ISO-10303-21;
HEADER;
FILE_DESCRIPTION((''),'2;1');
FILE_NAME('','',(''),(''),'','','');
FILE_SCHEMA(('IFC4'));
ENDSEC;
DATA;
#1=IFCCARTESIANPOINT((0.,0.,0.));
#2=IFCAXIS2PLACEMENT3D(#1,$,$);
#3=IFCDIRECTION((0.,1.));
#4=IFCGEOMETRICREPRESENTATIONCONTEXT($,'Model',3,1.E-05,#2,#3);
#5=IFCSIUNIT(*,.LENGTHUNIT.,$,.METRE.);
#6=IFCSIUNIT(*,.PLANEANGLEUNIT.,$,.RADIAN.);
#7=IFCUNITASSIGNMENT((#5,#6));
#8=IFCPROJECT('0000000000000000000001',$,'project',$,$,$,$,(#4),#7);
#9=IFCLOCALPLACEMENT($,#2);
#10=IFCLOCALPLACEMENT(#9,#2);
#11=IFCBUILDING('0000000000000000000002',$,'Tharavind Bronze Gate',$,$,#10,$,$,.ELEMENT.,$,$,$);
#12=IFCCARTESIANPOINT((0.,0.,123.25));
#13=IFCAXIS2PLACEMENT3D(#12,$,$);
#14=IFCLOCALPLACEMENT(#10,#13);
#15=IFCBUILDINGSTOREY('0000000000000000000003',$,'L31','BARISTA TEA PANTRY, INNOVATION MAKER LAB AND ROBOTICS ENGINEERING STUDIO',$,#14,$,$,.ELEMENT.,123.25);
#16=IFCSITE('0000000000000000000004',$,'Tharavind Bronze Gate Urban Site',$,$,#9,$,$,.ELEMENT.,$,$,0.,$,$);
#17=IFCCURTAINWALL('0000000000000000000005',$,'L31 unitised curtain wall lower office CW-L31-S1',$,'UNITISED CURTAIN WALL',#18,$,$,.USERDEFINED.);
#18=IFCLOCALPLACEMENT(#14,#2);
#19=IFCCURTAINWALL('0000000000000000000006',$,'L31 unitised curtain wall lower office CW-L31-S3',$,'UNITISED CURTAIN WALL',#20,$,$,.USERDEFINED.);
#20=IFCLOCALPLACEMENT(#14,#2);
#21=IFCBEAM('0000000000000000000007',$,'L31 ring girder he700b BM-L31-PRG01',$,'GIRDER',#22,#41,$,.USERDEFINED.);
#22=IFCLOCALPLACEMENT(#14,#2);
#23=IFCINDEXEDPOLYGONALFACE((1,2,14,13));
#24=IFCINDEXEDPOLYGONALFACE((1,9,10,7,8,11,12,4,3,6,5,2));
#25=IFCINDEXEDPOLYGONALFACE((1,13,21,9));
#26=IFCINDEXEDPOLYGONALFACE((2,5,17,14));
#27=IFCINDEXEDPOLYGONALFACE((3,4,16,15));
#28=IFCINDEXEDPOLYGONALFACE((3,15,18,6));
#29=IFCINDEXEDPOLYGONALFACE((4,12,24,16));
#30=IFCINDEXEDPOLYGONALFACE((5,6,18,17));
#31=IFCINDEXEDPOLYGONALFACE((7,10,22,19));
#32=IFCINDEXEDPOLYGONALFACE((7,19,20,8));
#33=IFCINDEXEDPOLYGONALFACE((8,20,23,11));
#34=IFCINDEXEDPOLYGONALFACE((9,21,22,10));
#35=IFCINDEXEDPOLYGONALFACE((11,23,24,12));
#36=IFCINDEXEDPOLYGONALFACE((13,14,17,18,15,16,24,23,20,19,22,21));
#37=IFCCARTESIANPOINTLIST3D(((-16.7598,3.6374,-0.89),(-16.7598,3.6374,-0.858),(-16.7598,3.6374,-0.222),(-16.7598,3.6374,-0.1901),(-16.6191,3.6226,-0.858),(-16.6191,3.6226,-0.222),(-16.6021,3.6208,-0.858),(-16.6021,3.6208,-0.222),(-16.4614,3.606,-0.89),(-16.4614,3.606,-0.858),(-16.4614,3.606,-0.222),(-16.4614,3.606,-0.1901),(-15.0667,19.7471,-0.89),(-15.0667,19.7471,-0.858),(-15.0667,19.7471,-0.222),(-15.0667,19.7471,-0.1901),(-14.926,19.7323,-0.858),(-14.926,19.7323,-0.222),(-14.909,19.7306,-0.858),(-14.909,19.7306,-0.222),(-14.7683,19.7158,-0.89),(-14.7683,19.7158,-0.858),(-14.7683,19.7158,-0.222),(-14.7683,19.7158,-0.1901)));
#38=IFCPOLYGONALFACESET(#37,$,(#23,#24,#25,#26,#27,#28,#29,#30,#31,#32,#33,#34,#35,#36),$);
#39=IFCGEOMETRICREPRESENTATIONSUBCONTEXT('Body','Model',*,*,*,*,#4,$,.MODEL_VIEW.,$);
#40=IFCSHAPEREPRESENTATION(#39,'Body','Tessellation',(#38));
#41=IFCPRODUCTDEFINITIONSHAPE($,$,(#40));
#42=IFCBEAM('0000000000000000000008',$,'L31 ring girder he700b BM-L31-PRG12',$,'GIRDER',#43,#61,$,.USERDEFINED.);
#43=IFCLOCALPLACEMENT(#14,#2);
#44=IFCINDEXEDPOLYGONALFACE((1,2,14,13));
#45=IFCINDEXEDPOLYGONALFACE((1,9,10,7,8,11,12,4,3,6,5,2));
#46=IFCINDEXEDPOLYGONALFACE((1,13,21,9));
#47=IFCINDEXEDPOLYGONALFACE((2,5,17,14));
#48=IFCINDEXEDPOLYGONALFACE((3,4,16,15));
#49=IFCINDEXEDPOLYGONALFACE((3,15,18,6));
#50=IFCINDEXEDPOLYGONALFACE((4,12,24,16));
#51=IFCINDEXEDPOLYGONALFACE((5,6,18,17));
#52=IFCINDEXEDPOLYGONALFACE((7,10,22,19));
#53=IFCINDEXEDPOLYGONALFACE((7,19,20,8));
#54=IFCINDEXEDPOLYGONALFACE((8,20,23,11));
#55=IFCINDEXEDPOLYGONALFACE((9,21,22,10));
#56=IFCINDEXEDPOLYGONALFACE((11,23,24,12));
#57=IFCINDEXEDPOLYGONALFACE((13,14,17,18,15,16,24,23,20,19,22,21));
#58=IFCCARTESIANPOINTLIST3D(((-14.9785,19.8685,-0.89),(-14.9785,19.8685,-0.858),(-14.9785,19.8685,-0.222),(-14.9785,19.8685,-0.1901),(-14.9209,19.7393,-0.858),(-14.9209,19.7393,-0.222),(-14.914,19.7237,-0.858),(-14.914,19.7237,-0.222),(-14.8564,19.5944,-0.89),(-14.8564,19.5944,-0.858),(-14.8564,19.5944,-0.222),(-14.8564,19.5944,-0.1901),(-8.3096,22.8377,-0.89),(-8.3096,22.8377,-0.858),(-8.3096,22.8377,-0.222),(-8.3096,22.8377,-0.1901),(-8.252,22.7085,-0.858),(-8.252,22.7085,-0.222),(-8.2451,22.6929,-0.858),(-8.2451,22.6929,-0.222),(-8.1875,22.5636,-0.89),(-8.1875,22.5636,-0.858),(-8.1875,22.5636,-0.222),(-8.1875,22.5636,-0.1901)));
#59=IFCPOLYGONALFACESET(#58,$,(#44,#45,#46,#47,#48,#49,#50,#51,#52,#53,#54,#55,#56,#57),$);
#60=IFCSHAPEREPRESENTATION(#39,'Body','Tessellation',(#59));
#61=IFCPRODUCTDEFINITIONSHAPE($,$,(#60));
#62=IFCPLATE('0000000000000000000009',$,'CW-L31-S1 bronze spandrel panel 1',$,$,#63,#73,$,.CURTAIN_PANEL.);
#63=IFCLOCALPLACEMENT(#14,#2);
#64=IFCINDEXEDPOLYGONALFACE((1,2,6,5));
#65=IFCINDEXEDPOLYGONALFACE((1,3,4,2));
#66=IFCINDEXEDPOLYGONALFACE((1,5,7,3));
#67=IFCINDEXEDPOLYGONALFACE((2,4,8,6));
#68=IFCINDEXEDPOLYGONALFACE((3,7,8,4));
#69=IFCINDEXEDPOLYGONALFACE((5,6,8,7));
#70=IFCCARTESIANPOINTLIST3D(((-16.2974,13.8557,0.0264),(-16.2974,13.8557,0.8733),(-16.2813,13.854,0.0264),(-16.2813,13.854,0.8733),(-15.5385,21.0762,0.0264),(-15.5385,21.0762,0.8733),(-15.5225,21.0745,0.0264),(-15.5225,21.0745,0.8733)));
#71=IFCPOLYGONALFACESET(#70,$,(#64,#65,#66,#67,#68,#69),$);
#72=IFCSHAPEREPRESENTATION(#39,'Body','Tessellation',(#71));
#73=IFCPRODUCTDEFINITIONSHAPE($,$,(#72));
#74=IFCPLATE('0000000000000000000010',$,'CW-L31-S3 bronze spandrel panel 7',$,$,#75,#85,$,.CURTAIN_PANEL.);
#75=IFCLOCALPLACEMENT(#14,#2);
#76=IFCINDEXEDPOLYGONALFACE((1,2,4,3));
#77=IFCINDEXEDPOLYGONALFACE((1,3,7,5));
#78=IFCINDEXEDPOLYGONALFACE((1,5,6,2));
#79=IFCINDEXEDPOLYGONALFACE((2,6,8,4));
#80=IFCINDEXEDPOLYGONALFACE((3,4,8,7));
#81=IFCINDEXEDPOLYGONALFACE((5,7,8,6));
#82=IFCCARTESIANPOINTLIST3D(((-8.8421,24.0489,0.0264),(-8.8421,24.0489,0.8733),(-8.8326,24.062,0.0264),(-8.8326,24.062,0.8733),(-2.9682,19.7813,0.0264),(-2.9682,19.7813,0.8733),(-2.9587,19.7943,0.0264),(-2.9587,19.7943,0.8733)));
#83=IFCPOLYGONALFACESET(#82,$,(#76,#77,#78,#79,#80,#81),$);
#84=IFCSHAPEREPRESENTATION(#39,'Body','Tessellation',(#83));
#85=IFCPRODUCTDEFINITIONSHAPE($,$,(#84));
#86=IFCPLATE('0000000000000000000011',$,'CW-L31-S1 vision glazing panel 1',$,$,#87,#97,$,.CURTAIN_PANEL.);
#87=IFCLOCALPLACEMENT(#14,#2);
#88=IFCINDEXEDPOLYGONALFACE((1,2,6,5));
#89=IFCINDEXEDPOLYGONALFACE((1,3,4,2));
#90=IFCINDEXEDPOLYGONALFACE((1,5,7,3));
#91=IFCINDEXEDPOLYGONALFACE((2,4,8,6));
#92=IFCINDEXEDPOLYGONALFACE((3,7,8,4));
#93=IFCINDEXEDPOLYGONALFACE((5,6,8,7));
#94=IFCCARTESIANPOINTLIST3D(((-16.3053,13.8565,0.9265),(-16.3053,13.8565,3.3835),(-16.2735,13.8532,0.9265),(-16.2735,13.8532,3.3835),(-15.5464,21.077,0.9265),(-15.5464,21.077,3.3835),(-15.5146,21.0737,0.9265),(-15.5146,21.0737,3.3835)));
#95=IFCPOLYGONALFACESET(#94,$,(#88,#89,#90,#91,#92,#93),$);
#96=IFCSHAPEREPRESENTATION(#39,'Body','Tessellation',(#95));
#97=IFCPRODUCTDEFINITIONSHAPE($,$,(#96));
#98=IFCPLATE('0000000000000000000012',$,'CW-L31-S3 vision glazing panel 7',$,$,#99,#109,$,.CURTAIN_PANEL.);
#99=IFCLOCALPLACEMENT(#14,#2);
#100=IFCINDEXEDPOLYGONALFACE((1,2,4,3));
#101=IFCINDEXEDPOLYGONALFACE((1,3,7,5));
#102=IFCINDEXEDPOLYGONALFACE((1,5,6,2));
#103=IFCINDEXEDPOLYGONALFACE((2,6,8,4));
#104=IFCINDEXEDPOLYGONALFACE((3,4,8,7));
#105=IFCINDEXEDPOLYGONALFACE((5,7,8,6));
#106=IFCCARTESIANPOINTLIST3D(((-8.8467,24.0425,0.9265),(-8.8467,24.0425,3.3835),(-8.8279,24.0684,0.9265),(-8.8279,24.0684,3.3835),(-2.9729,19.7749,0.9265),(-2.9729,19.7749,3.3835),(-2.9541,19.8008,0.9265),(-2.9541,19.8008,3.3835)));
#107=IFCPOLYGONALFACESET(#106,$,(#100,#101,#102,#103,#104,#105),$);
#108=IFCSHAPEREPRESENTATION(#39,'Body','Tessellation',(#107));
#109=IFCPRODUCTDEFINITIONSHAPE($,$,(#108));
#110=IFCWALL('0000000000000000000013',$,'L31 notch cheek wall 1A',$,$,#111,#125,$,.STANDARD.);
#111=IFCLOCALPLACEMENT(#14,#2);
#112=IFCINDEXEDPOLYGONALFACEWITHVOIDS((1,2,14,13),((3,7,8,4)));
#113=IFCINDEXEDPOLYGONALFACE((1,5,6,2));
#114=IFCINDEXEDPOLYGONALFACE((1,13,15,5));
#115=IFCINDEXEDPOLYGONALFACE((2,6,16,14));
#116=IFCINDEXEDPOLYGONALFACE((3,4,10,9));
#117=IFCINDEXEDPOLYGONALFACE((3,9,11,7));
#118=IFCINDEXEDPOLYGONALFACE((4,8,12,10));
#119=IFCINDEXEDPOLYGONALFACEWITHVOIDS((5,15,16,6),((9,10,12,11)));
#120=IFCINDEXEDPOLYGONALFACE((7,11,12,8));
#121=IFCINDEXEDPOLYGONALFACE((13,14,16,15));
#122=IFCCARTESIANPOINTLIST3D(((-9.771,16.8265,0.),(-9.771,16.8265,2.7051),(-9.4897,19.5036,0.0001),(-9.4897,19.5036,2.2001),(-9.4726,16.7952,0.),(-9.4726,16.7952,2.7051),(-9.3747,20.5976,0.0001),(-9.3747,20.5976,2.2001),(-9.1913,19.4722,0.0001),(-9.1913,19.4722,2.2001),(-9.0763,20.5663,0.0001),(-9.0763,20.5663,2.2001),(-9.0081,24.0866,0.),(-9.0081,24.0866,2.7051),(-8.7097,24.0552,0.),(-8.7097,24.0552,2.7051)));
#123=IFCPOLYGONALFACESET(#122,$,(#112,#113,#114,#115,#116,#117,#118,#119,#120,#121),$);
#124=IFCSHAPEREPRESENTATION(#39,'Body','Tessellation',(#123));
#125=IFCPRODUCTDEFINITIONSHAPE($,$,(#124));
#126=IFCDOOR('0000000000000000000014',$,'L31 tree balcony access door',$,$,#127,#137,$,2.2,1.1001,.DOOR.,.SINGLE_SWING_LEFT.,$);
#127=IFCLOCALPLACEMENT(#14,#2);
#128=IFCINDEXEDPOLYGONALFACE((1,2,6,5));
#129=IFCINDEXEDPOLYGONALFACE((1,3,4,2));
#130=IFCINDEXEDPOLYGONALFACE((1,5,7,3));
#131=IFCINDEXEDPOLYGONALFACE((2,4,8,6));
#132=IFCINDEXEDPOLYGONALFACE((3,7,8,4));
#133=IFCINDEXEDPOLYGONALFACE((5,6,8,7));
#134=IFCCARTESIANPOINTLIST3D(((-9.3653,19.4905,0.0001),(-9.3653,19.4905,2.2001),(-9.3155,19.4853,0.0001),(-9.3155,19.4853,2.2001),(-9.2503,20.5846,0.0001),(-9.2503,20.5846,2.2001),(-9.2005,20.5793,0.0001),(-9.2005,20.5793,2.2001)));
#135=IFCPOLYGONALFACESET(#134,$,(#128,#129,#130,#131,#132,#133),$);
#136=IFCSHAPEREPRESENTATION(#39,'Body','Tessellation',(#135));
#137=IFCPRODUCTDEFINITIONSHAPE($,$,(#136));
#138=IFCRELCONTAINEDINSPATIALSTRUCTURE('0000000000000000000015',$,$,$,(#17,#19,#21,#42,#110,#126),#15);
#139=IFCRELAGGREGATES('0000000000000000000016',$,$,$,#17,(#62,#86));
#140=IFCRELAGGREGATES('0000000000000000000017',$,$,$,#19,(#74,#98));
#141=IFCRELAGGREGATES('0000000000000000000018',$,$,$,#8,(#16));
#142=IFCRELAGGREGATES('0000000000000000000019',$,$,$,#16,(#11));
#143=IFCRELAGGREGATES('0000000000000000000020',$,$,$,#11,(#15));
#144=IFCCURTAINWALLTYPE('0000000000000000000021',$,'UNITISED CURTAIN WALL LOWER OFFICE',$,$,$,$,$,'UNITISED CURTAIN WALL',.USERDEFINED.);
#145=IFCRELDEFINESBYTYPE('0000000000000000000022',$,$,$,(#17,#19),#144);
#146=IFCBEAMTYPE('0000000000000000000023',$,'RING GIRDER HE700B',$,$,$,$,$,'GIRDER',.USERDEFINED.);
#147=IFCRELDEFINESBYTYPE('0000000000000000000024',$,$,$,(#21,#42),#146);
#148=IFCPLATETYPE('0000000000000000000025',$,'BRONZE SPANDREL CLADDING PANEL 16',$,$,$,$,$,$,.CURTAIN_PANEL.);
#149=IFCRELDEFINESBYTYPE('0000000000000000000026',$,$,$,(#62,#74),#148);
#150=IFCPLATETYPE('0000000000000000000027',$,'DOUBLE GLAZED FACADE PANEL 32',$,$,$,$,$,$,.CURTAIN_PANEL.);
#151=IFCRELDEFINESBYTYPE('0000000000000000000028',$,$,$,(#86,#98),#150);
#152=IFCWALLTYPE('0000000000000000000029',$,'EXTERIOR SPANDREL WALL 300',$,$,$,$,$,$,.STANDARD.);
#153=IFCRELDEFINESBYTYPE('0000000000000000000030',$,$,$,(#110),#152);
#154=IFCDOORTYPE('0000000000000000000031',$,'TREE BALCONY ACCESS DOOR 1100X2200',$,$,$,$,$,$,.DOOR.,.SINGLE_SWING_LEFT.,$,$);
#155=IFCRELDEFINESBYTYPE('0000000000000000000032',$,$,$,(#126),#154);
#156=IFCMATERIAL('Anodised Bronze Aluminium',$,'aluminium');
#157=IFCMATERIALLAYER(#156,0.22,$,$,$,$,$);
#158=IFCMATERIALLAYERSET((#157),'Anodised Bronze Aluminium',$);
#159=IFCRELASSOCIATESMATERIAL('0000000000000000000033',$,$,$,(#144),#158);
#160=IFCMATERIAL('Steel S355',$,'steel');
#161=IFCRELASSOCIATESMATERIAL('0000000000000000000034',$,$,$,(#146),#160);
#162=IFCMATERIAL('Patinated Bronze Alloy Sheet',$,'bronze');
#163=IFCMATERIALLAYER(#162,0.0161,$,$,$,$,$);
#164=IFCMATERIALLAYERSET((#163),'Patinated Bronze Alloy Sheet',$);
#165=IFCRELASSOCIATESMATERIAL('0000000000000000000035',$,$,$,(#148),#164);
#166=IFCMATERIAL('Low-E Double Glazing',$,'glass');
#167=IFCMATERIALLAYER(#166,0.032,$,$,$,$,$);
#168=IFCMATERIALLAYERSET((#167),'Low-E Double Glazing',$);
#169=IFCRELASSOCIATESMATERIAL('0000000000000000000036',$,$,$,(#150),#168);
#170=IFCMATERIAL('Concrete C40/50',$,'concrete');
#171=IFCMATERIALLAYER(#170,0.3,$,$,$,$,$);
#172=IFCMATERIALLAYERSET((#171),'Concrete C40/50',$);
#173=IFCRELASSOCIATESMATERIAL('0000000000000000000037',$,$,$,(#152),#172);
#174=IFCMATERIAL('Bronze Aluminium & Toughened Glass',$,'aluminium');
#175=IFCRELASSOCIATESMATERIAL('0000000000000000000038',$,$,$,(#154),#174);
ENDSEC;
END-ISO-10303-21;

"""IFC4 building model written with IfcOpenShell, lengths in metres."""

from ifc_helpers import new_model, si_unit, direction, frame, frame_2d, origin, origin_2d, place, context, subcontext, project, spatial, rectangle, i_section, extrude, material, layer, layer_set, material_profile, profile_set, type_object, element, fill, aggregate, save


model = new_model("IFC4")

# Units and contexts
model_context = context("Model", 3, precision=1e-05, world=origin(), true_north=direction((0.0, 1.0)))
body_context = subcontext(model_context, "Body", "Model", "MODEL_VIEW")
ifc_project = project(units=[si_unit("LENGTHUNIT", "METRE"), si_unit("PLANEANGLEUNIT", "RADIAN")], contexts=[model_context])

# Site, building, storey
site_placement = place(None, origin())
site = spatial("IfcSite", under=ifc_project, at=site_placement, Name="Tharavind Bronze Gate Urban Site", CompositionType="ELEMENT", RefElevation=0.0)
building_placement = place(site_placement, origin())
building = spatial("IfcBuilding", under=site, at=building_placement, Name="Tharavind Bronze Gate", CompositionType="ELEMENT")
storey_placement = place(building_placement, frame((0.0, 0.0, 123.25)))
storey = spatial("IfcBuildingStorey", under=building, at=storey_placement, Name="L31", Description="BARISTA TEA PANTRY, INNOVATION MAKER LAB AND ROBOTICS ENGINEERING STUDIO", CompositionType="ELEMENT", Elevation=123.25)

# Curtain wall
ifc_material_1 = material(Name="Anodised Bronze Aluminium", Category="aluminium")
ifc_layer_1 = layer(ifc_material_1, 0.22)
ifc_layer_set_1 = layer_set([ifc_layer_1], Name="Anodised Bronze Aluminium")
curtain_wall_type = type_object("IfcCurtainWallType", Name="UNITISED CURTAIN WALL LOWER OFFICE", ElementType="UNITISED CURTAIN WALL", PredefinedType="USERDEFINED", material=ifc_layer_set_1)
curtain_wall_1_placement = place(storey_placement, origin())
curtain_wall_1 = element("IfcCurtainWall", 1, at=curtain_wall_1_placement, inside=storey, type_object=curtain_wall_type, Name="L31 unitised curtain wall lower office CW-L31-S1", ObjectType="UNITISED CURTAIN WALL", PredefinedType="USERDEFINED")

# Curtain wall
curtain_wall_2_placement = place(storey_placement, origin())
curtain_wall_2 = element("IfcCurtainWall", 2, at=curtain_wall_2_placement, inside=storey, type_object=curtain_wall_type, Name="L31 unitised curtain wall lower office CW-L31-S3", ObjectType="UNITISED CURTAIN WALL", PredefinedType="USERDEFINED")

# Beams
ifc_material_2 = material(Name="Steel S355", Category="steel")
ifc_material_profile_1 = material_profile(ifc_material_2, i_section(OverallWidth=0.3, OverallDepth=0.7, WebThickness=0.0171, FlangeThickness=0.032, at=origin_2d()), Name="HE700B")
ifc_profile_set_1 = profile_set([ifc_material_profile_1], Name="Steel S355")
beam_type_1 = type_object("IfcBeamType", Name="RING GIRDER HE700B", ElementType="GIRDER", PredefinedType="USERDEFINED", material=ifc_profile_set_1)
beam_1_placement = place(storey_placement, frame((-14.9175, 19.7314, -0.54), z_axis=(-0.104522, -0.994523, 0.0), x_axis=(0.994523, -0.104522, 0.0)))
element("IfcBeam", 3, at=beam_1_placement, inside=storey, type_object=beam_type_1, Name="L31 ring girder he700b BM-L31-PRG01", ObjectType="GIRDER", PredefinedType="USERDEFINED", context=body_context, shape_type="SweptSolid", body=[
    extrude(i_section(OverallWidth=0.3, OverallDepth=0.7, WebThickness=0.0171, FlangeThickness=0.032, at=origin_2d()), origin(), (0.0, 0.0, 1.0), 16.1985),
])
beam_2_placement = place(storey_placement, frame((-8.2485, 22.7007, -0.54), z_axis=(-0.913544, -0.40674, 0.0), x_axis=(0.40674, -0.913544, 0.0)))
element("IfcBeam", 4, at=beam_2_placement, inside=storey, type_object=beam_type_1, Name="L31 ring girder he700b BM-L31-PRG12", ObjectType="GIRDER", PredefinedType="USERDEFINED", context=body_context, shape_type="SweptSolid", body=[
    extrude(i_section(OverallWidth=0.3, OverallDepth=0.7, WebThickness=0.0171, FlangeThickness=0.032, at=origin_2d()), origin(), (0.0, 0.0, 1.0), 7.3),
])

# Plates
ifc_material_3 = material(Name="Patinated Bronze Alloy Sheet", Category="bronze")
ifc_layer_2 = layer(ifc_material_3, 0.0161)
ifc_layer_set_2 = layer_set([ifc_layer_2], Name="Patinated Bronze Alloy Sheet")
plate_type_1 = type_object("IfcPlateType", Name="BRONZE SPANDREL CLADDING PANEL 16", PredefinedType="CURTAIN_PANEL", material=ifc_layer_set_2)
plate_1_placement = place(storey_placement, frame((-15.9099, 17.4651, 0.0264), z_axis=(0.0, 0.0, 1.0), x_axis=(-0.104527, -0.994522, 0.0)))
plate_1 = element("IfcPlate", 5, at=plate_1_placement, type_object=plate_type_1, Name="CW-L31-S1 bronze spandrel panel 1", PredefinedType="CURTAIN_PANEL", context=body_context, shape_type="SweptSolid", body=[
    extrude(rectangle(XDim=7.2603, YDim=0.0161, at=origin_2d()), origin(), (0.0, 0.0, 1.0), 0.8469),
])
plate_2_placement = place(storey_placement, frame((-5.9004, 21.9216, 0.0264), z_axis=(0.0, 0.0, 1.0), x_axis=(-0.809017, 0.587785, 0.0)))
plate_2 = element("IfcPlate", 6, at=plate_2_placement, type_object=plate_type_1, Name="CW-L31-S3 bronze spandrel panel 7", PredefinedType="CURTAIN_PANEL", context=body_context, shape_type="SweptSolid", body=[
    extrude(rectangle(XDim=7.2605, YDim=0.0161, at=origin_2d()), origin(), (0.0, 0.0, 1.0), 0.8469),
])
ifc_material_4 = material(Name="Low-E Double Glazing", Category="glass")
ifc_layer_3 = layer(ifc_material_4, 0.032)
ifc_layer_set_3 = layer_set([ifc_layer_3], Name="Low-E Double Glazing")
plate_type_2 = type_object("IfcPlateType", Name="DOUBLE GLAZED FACADE PANEL 32", PredefinedType="CURTAIN_PANEL", material=ifc_layer_set_3)
plate_3_placement = place(storey_placement, frame((-15.9099, 17.4651, 0.9265), z_axis=(0.0, 0.0, 1.0), x_axis=(-0.104527, -0.994522, 0.0)))
plate_3 = element("IfcPlate", 7, at=plate_3_placement, type_object=plate_type_2, Name="CW-L31-S1 vision glazing panel 1", PredefinedType="CURTAIN_PANEL", context=body_context, shape_type="SweptSolid", body=[
    extrude(rectangle(XDim=7.2603, YDim=0.032, at=origin_2d()), origin(), (0.0, 0.0, 1.0), 2.457),
])
aggregate(curtain_wall_1, [plate_1, plate_3])
plate_4_placement = place(storey_placement, frame((-5.9004, 21.9216, 0.9265), z_axis=(0.0, 0.0, 1.0), x_axis=(-0.809017, 0.587785, 0.0)))
plate_4 = element("IfcPlate", 8, at=plate_4_placement, type_object=plate_type_2, Name="CW-L31-S3 vision glazing panel 7", PredefinedType="CURTAIN_PANEL", context=body_context, shape_type="SweptSolid", body=[
    extrude(rectangle(XDim=7.2605, YDim=0.032, at=origin_2d()), origin(), (0.0, 0.0, 1.0), 2.457),
])
aggregate(curtain_wall_2, [plate_2, plate_4])

# Wall, opening, door
ifc_material_5 = material(Name="Concrete C40/50", Category="concrete")
ifc_layer_4 = layer(ifc_material_5, 0.3)
ifc_layer_set_4 = layer_set([ifc_layer_4], Name="Concrete C40/50")
wall_type = type_object("IfcWallType", Name="EXTERIOR SPANDREL WALL 300", PredefinedType="STANDARD", material=ifc_layer_set_4)
wall_placement = place(storey_placement, frame((-8.8589, 24.0708, 0.0), z_axis=(0.0, 0.0, 1.0), x_axis=(-0.104512, -0.994524, 0.0)))
wall = element("IfcWall", 9, at=wall_placement, inside=storey, type_object=wall_type, Name="L31 notch cheek wall 1A", PredefinedType="STANDARD", context=body_context, shape_type="SweptSolid", body=[
    extrude(rectangle(XDim=7.3, YDim=0.3, at=frame_2d((3.6499, 0.0))), origin(), (0.0, 0.0, 1.0), 2.7051),
])
opening_placement = place(wall_placement, frame((3.5081, 0.0, 0.0)))
opening = element("IfcOpeningElement", 10, at=opening_placement, cuts=wall, PredefinedType="OPENING", context=body_context, shape_type="SweptSolid", body=[
    extrude(rectangle(XDim=1.1001, YDim=2.2, at=frame_2d((0.55, 1.1001))), frame((0.0, 0.1599, 0.0), z_axis=(0.0, -1.0, 0.0), x_axis=(1.0, 0.0, 0.0)), (0.0, 0.0, 1.0), 0.32),
])
ifc_material_6 = material(Name="Bronze Aluminium & Toughened Glass", Category="aluminium")
door_type = type_object("IfcDoorType", Name="TREE BALCONY ACCESS DOOR 1100X2200", OperationType="SINGLE_SWING_LEFT", PredefinedType="DOOR", material=ifc_material_6)
door_placement = place(opening_placement, frame((1.1001, 0.0, 0.0), z_axis=(0.0, 0.0, 1.0), x_axis=(-1.0, 0.0, 0.0)))
door = element("IfcDoor", 11, at=door_placement, inside=storey, type_object=door_type, Name="L31 tree balcony access door", OperationType="SINGLE_SWING_LEFT", OverallHeight=2.2, OverallWidth=1.1001, PredefinedType="DOOR", context=body_context, shape_type="SweptSolid", body=[
    extrude(rectangle(XDim=1.1001, YDim=2.2, at=frame_2d((0.55, 1.1001))), frame((0.0, 0.0249, 0.0), z_axis=(0.0, -1.0, 0.0), x_axis=(1.0, 0.0, 0.0)), (0.0, 0.0, 1.0), 0.05),
])
fill(opening, door)

save(model, "model.ifc")
